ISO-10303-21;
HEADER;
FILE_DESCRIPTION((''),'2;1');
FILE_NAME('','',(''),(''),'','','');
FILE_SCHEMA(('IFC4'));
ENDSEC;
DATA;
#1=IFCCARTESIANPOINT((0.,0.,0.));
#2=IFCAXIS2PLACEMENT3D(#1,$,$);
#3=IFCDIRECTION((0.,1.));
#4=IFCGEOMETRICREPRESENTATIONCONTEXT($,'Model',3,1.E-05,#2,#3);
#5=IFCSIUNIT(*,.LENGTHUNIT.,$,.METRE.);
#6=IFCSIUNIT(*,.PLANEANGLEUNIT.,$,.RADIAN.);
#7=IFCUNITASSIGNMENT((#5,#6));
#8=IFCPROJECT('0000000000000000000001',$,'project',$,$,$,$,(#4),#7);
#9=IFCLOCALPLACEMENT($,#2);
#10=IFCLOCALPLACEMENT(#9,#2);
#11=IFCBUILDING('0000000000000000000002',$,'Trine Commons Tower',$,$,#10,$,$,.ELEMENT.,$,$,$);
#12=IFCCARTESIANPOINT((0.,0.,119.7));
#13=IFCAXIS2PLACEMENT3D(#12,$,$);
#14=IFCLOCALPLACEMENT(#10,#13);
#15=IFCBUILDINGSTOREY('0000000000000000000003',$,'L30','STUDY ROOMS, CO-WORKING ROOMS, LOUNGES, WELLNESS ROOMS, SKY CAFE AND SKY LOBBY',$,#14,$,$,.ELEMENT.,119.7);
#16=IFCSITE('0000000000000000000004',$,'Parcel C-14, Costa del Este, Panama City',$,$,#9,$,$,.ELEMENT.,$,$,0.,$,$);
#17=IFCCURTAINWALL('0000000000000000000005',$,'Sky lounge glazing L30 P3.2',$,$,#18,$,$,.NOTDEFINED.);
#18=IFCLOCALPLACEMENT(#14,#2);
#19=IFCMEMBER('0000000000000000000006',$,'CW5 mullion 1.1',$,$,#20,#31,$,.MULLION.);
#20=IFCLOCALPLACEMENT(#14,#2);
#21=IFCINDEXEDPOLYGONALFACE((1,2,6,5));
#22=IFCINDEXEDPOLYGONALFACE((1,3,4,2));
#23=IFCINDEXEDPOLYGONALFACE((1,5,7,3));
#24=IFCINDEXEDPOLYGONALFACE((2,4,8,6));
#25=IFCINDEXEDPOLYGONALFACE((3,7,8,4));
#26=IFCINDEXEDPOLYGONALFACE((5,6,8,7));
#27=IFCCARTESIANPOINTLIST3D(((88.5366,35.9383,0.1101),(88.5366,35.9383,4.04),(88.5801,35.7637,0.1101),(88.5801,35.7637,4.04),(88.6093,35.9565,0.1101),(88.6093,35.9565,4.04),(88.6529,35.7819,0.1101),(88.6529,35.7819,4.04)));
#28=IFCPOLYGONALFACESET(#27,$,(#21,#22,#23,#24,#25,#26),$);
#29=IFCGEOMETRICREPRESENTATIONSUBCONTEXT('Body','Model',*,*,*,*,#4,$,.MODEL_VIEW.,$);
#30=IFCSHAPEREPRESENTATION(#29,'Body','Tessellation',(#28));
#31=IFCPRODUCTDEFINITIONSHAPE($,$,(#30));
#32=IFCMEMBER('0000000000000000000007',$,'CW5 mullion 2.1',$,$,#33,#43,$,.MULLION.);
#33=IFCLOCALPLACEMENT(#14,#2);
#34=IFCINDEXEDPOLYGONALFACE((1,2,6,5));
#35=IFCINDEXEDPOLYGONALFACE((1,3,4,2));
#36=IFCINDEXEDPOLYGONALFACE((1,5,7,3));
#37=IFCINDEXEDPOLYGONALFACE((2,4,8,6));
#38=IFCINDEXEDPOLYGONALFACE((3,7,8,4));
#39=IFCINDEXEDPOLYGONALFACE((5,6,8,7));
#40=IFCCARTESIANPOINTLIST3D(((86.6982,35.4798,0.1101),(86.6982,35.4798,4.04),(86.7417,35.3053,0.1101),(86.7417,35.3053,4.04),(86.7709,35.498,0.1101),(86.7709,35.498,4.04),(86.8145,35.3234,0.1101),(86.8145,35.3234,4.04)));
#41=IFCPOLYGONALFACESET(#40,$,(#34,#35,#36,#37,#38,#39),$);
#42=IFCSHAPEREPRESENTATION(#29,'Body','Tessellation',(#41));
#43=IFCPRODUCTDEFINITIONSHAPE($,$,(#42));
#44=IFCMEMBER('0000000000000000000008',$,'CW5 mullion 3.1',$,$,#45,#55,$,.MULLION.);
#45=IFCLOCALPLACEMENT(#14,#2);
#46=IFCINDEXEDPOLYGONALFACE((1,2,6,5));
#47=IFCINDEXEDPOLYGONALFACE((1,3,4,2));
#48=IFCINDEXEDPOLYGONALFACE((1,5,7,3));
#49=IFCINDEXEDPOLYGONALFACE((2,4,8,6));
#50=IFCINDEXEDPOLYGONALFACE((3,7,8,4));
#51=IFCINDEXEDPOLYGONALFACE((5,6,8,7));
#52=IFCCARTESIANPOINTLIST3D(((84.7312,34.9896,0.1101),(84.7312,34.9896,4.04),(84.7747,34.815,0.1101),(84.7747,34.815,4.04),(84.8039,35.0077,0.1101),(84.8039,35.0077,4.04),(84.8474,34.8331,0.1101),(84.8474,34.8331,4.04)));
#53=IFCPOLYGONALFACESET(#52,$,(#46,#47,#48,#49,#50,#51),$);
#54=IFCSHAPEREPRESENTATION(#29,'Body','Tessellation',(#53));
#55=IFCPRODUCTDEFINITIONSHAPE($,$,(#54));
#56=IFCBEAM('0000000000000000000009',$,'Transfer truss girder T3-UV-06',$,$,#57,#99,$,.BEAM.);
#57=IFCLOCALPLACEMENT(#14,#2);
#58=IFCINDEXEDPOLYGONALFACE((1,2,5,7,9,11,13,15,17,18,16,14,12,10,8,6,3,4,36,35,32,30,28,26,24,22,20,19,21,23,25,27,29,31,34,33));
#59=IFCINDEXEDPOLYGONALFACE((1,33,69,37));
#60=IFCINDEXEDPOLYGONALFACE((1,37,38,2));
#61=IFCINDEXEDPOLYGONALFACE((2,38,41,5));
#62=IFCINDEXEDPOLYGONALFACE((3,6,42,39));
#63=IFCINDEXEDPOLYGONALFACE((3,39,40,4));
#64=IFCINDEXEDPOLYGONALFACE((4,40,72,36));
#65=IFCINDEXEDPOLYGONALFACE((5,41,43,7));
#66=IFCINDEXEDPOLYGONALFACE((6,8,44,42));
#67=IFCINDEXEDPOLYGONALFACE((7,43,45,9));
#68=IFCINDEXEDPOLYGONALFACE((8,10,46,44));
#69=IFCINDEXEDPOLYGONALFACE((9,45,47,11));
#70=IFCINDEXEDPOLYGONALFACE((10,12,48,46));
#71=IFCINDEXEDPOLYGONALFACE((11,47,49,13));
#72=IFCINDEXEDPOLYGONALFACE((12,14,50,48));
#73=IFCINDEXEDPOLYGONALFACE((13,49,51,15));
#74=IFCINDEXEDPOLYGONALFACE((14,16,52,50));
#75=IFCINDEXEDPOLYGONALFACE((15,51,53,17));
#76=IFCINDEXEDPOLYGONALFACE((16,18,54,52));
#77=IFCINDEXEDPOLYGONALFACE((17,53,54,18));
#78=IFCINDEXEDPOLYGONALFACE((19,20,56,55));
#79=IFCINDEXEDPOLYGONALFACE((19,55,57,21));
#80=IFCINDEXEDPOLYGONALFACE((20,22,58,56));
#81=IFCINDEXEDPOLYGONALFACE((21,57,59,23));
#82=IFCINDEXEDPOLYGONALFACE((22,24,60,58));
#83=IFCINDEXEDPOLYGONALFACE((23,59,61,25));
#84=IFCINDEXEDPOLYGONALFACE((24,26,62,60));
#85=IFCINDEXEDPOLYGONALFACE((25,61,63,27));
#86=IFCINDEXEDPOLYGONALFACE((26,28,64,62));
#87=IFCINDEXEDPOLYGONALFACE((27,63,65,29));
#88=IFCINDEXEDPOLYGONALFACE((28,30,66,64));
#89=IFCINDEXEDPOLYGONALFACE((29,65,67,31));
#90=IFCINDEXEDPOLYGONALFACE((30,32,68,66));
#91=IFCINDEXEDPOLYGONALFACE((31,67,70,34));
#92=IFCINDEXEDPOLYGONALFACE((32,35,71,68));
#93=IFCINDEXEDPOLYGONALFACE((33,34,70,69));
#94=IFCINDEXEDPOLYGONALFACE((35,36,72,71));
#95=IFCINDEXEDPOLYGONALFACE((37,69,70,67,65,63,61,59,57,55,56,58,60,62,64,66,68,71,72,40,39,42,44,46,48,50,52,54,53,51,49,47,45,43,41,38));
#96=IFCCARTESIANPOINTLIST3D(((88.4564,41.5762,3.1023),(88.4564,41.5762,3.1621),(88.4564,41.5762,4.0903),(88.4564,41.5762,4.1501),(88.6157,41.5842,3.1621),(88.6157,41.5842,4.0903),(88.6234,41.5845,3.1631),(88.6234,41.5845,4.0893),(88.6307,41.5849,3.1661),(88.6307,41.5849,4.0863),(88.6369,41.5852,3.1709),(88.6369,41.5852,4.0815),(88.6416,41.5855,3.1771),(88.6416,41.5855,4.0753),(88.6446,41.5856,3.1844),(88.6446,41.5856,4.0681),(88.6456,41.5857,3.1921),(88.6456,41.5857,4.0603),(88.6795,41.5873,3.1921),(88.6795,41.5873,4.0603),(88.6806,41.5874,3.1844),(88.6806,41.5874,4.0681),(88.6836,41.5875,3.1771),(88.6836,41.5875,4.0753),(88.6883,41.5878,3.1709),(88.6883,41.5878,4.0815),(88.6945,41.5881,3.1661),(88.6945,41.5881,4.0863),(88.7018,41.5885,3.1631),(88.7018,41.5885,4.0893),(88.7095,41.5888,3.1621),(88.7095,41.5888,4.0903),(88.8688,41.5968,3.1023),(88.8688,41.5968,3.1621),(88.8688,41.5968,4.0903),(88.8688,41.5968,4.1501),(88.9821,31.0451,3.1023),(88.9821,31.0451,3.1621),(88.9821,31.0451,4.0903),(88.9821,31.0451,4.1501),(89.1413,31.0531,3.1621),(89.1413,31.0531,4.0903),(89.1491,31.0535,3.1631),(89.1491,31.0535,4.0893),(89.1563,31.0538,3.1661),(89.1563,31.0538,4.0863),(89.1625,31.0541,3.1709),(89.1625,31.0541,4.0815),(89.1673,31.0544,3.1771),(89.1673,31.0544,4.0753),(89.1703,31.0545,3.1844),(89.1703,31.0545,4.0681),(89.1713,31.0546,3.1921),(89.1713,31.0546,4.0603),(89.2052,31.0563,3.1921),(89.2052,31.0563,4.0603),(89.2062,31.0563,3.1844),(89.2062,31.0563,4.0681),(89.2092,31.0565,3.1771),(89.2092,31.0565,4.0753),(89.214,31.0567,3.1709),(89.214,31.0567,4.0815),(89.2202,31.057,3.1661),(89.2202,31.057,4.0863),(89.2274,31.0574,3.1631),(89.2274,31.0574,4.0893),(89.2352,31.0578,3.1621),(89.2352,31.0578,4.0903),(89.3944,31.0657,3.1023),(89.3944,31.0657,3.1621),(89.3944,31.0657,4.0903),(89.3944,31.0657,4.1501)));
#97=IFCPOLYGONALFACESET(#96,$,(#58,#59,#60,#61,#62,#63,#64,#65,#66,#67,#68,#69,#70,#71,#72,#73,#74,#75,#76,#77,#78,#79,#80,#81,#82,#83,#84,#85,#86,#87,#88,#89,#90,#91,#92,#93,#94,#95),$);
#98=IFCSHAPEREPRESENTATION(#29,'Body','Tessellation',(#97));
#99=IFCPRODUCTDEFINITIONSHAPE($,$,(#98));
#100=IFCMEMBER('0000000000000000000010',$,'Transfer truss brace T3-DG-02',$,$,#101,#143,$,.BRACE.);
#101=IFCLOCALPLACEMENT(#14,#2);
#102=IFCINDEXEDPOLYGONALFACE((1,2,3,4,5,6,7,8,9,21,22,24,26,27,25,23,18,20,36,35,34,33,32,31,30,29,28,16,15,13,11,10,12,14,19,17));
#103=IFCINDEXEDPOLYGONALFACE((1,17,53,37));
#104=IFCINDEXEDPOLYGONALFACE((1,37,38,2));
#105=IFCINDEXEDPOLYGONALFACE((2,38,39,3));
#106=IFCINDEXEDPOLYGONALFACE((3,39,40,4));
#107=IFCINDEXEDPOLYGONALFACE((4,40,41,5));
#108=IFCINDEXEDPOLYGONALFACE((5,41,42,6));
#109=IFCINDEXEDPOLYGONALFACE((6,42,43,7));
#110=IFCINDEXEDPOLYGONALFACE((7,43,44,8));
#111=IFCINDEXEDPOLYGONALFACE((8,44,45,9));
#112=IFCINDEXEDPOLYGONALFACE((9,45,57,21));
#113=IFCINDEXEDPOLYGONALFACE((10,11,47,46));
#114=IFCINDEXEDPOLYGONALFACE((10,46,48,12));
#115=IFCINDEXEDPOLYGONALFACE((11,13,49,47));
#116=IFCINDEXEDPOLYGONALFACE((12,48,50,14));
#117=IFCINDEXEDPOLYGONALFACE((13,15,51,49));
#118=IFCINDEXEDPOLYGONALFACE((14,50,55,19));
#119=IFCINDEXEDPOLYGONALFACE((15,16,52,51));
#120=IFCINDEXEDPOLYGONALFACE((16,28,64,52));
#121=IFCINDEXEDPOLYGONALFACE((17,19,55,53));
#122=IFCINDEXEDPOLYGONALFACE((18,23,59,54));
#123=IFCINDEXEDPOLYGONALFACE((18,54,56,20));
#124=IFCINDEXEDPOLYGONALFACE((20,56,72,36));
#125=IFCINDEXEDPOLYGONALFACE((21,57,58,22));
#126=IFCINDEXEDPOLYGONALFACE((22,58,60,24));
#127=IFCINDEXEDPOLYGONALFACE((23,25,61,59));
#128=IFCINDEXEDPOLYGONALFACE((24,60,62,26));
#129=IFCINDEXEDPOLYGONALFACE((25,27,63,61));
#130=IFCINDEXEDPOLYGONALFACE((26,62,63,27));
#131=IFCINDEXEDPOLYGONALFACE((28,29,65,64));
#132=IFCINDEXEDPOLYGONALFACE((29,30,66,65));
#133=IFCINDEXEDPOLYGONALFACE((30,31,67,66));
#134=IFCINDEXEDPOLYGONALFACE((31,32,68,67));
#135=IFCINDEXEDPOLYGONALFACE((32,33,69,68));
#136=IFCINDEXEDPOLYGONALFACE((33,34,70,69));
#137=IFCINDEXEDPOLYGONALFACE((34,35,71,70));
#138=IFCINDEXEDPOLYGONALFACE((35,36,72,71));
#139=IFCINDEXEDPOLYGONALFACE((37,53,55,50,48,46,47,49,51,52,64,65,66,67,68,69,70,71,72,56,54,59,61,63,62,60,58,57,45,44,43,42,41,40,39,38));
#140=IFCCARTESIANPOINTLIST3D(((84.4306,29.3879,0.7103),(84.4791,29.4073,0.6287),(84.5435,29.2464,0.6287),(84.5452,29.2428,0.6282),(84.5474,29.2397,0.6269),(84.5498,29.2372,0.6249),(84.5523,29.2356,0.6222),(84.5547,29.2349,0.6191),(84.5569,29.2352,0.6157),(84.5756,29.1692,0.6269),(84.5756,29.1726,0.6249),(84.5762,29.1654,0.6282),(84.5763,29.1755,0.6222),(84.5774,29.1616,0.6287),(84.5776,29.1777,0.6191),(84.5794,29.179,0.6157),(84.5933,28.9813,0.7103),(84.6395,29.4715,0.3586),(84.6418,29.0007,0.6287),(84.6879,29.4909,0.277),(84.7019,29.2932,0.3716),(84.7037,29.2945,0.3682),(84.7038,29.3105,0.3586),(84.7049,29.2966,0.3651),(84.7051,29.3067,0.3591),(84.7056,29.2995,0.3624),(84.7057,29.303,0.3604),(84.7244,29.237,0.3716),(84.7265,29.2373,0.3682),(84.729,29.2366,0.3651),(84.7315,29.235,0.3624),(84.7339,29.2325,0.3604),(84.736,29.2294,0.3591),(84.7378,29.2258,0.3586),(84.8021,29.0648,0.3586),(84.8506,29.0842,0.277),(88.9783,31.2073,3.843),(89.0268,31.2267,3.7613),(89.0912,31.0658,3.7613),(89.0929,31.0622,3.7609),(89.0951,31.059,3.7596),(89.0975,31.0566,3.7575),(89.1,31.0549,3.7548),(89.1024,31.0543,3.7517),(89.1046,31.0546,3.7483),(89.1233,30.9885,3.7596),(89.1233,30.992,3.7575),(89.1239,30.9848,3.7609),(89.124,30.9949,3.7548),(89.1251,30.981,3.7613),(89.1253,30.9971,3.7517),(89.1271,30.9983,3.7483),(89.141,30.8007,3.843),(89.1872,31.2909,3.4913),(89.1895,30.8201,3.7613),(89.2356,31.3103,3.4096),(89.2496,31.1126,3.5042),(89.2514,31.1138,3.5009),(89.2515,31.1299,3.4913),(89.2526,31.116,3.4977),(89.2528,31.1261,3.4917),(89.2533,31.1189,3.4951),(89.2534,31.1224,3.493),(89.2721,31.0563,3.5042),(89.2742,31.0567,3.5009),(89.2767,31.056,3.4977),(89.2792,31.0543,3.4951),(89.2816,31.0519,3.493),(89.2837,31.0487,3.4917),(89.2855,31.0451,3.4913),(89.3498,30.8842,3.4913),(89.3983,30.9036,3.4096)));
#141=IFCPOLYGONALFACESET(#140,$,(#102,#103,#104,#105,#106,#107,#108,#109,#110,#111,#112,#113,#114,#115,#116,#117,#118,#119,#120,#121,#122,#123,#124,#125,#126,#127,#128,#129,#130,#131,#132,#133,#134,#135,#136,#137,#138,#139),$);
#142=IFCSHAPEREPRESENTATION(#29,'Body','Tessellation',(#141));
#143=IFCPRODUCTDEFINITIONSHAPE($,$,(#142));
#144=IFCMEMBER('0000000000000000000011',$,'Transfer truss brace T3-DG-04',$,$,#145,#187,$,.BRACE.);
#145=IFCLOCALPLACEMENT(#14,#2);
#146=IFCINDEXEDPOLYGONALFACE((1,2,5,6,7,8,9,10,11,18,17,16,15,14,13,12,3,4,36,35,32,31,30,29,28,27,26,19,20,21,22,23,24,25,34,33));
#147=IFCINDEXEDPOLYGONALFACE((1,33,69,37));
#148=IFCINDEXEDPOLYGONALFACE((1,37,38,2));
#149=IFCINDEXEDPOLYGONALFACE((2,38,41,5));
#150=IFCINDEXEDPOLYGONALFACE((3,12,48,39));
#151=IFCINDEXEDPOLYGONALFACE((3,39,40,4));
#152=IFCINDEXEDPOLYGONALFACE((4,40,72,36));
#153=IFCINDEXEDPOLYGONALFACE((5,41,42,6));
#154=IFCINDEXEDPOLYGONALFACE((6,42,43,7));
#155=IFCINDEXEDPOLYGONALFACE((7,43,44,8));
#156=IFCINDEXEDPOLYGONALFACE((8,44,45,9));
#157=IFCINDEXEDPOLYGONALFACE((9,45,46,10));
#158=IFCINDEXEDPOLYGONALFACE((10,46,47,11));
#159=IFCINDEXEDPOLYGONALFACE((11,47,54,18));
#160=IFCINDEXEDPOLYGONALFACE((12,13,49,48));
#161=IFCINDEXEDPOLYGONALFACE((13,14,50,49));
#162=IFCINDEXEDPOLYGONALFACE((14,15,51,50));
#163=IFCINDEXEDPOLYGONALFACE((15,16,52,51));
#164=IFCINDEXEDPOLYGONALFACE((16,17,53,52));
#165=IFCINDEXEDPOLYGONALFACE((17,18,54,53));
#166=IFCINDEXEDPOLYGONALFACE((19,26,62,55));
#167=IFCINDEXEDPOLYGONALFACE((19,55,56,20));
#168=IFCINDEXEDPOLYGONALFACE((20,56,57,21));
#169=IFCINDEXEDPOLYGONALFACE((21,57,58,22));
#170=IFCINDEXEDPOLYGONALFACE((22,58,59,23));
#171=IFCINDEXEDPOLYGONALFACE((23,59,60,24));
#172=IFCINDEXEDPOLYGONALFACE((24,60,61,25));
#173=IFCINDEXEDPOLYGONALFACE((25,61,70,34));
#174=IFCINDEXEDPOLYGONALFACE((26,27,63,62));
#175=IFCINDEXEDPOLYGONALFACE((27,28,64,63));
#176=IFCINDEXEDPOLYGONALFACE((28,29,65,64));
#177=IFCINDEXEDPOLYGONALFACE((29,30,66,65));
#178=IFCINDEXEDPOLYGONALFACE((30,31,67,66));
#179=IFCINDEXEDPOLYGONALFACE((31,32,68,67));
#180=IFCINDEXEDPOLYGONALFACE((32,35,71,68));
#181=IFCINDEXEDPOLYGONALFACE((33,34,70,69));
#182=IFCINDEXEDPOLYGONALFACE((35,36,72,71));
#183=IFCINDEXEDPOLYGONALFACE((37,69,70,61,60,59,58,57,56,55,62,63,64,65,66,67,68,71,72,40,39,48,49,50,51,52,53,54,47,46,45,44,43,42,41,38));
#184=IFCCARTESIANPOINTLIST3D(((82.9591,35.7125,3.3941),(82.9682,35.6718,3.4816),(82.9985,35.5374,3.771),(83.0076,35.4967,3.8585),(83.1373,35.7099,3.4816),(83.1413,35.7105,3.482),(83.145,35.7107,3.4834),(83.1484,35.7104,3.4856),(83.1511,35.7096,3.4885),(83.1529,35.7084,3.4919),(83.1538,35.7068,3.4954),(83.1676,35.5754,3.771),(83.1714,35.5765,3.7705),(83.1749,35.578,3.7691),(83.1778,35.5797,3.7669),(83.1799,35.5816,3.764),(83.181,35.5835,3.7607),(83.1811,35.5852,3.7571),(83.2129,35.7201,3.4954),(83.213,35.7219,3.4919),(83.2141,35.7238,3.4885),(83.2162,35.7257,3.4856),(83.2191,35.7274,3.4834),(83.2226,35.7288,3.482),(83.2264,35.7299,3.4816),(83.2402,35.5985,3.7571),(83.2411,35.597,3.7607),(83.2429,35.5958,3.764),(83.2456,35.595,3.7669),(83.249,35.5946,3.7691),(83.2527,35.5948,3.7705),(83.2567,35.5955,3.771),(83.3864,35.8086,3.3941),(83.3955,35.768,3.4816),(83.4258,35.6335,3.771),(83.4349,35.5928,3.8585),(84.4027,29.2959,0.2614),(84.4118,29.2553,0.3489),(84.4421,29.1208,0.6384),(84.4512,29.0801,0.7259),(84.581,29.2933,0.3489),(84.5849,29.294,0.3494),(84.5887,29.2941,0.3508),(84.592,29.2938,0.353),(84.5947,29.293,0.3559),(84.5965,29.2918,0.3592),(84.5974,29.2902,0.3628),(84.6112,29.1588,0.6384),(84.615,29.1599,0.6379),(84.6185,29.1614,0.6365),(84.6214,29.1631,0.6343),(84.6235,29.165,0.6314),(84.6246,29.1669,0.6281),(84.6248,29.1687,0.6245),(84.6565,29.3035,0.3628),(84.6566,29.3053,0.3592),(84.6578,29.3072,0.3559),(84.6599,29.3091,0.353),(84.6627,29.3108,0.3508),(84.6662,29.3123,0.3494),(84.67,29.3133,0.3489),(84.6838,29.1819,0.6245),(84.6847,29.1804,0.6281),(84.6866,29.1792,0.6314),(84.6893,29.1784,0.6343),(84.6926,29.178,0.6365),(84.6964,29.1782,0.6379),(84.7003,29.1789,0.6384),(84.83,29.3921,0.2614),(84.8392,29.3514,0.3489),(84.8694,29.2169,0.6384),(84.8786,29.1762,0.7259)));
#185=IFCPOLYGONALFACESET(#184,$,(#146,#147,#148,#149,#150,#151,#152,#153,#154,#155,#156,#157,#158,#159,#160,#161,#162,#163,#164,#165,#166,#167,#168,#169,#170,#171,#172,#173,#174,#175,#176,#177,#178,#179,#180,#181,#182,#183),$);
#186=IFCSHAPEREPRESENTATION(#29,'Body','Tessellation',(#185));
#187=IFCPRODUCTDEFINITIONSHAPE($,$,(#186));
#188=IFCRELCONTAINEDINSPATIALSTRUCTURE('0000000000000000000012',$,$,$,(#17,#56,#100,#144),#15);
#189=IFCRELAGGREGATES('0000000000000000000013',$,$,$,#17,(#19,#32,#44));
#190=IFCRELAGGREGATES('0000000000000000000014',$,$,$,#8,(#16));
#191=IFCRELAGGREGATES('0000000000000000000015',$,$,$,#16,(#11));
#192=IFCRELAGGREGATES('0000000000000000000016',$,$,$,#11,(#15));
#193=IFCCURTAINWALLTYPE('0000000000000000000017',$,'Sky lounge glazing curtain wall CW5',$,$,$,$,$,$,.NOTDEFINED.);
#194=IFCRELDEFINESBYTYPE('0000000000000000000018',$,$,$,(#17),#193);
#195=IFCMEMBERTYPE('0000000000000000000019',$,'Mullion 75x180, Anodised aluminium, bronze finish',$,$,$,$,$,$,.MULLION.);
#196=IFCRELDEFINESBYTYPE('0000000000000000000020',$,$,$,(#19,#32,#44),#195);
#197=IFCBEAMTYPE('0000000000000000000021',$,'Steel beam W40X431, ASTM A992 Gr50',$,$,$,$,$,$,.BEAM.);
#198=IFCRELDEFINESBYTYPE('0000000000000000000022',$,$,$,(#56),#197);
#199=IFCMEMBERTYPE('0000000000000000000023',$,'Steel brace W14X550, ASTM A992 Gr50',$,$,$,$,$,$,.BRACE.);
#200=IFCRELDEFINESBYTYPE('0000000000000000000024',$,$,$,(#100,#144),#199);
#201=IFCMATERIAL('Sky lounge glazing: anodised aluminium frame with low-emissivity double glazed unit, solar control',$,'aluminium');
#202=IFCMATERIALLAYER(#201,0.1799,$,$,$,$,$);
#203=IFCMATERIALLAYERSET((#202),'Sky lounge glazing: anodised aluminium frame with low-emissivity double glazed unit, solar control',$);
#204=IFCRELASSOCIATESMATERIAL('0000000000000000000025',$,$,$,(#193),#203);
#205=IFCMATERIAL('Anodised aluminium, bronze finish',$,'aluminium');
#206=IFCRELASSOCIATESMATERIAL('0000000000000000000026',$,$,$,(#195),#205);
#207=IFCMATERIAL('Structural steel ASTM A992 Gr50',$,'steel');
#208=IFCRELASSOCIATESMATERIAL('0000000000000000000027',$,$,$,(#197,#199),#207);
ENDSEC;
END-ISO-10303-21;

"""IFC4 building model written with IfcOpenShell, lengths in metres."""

from ifc_helpers import new_model, si_unit, direction, frame, origin, origin_2d, place, context, subcontext, project, spatial, rectangle, i_section, extrude, material, layer, layer_set, material_profile, profile_set, type_object, element, aggregate, save


model = new_model("IFC4")

# Units and contexts
model_context = context("Model", 3, precision=1e-05, world=origin(), true_north=direction((0.0, 1.0)))
body_context = subcontext(model_context, "Body", "Model", "MODEL_VIEW")
ifc_project = project(units=[si_unit("LENGTHUNIT", "METRE"), si_unit("PLANEANGLEUNIT", "RADIAN")], contexts=[model_context])

# Site, building, storey
site_placement = place(None, origin())
site = spatial("IfcSite", under=ifc_project, at=site_placement, Name="Parcel C-14, Costa del Este, Panama City", CompositionType="ELEMENT", RefElevation=0.0)
building_placement = place(site_placement, origin())
building = spatial("IfcBuilding", under=site, at=building_placement, Name="Trine Commons Tower", CompositionType="ELEMENT")
storey_placement = place(building_placement, frame((0.0, 0.0, 119.7)))
storey = spatial("IfcBuildingStorey", under=building, at=storey_placement, Name="L30", Description="STUDY ROOMS, CO-WORKING ROOMS, LOUNGES, WELLNESS ROOMS, SKY CAFE AND SKY LOBBY", CompositionType="ELEMENT", Elevation=119.7)

# Curtain wall, members
ifc_material_1 = material(Name="Sky lounge glazing: anodised aluminium frame with low-emissivity double glazed unit, solar control", Category="aluminium")
ifc_layer_1 = layer(ifc_material_1, 0.1799)
ifc_layer_set_1 = layer_set([ifc_layer_1], Name="Sky lounge glazing: anodised aluminium frame with low-emissivity double glazed unit, solar control")
curtain_wall_type = type_object("IfcCurtainWallType", Name="Sky lounge glazing curtain wall CW5", PredefinedType="NOTDEFINED", material=ifc_layer_set_1)
curtain_wall_placement = place(storey_placement, origin())
curtain_wall = element("IfcCurtainWall", 1, at=curtain_wall_placement, inside=storey, type_object=curtain_wall_type, Name="Sky lounge glazing L30 P3.2", PredefinedType="NOTDEFINED")
ifc_material_2 = material(Name="Anodised aluminium, bronze finish", Category="aluminium")
ifc_material_profile_1 = material_profile(ifc_material_2, rectangle(XDim=0.1799, YDim=0.075, at=origin_2d()), Name="Mullion 75x180")
ifc_profile_set_1 = profile_set([ifc_material_profile_1], Name="Anodised aluminium, bronze finish")
member_type_1 = type_object("IfcMemberType", Name="Mullion 75x180, Anodised aluminium, bronze finish", PredefinedType="MULLION", material=ifc_profile_set_1)
member_1_placement = place(storey_placement, frame((88.5947, 35.8601, 0.1101), z_axis=(0.0, 0.0, 1.0), x_axis=(0.241922, -0.970296, 0.0)))
member_1 = element("IfcMember", 2, at=member_1_placement, type_object=member_type_1, Name="CW5 mullion 1.1", PredefinedType="MULLION", context=body_context, shape_type="SweptSolid", body=[
    extrude(rectangle(XDim=0.1799, YDim=0.075, at=origin_2d()), origin(), (0.0, 0.0, 1.0), 3.9299),
])
member_2_placement = place(storey_placement, frame((86.7563, 35.4016, 0.1101), z_axis=(0.0, 0.0, 1.0), x_axis=(0.241922, -0.970296, 0.0)))
member_2 = element("IfcMember", 3, at=member_2_placement, type_object=member_type_1, Name="CW5 mullion 2.1", PredefinedType="MULLION", context=body_context, shape_type="SweptSolid", body=[
    extrude(rectangle(XDim=0.1799, YDim=0.075, at=origin_2d()), origin(), (0.0, 0.0, 1.0), 3.9299),
])
member_3_placement = place(storey_placement, frame((84.7893, 34.9114, 0.1101), z_axis=(0.0, 0.0, 1.0), x_axis=(0.241922, -0.970296, 0.0)))
member_3 = element("IfcMember", 4, at=member_3_placement, type_object=member_type_1, Name="CW5 mullion 3.1", PredefinedType="MULLION", context=body_context, shape_type="SweptSolid", body=[
    extrude(rectangle(XDim=0.1799, YDim=0.075, at=origin_2d()), origin(), (0.0, 0.0, 1.0), 3.9299),
])

# Beam
ifc_material_3 = material(Name="Structural steel ASTM A992 Gr50", Category="steel")
ifc_material_profile_2 = material_profile(ifc_material_3, i_section(OverallWidth=0.4128, OverallDepth=1.0479, WebThickness=0.0339, FlangeThickness=0.0598, FilletRadius=0.03, at=origin_2d()), Name="W40X431")
ifc_profile_set_2 = profile_set([ifc_material_profile_2], Name="Structural steel ASTM A992 Gr50")
beam_type = type_object("IfcBeamType", Name="Steel beam W40X431, ASTM A992 Gr50", PredefinedType="BEAM", material=ifc_profile_set_2)
beam_placement = place(storey_placement, frame((89.1882, 31.0554, 3.6262), z_axis=(-0.049851, 0.998757, 0.0), x_axis=(-0.998757, -0.049851, 0.0)))
element("IfcBeam", 5, at=beam_placement, inside=storey, type_object=beam_type, Name="Transfer truss girder T3-UV-06", PredefinedType="BEAM", context=body_context, shape_type="SweptSolid", body=[
    extrude(i_section(OverallWidth=0.4128, OverallDepth=1.0479, WebThickness=0.0339, FlangeThickness=0.0598, FilletRadius=0.03, at=origin_2d()), origin(), (0.0, 0.0, 1.0), 10.5442),
])

# Members
ifc_material_profile_3 = material_profile(ifc_material_3, i_section(OverallWidth=0.438, OverallDepth=0.5144, WebThickness=0.0605, FlangeThickness=0.0969, FilletRadius=0.0154, at=origin_2d()), Name="W14X550")
ifc_profile_set_3 = profile_set([ifc_material_profile_3], Name="Structural steel ASTM A992 Gr50")
member_type_2 = type_object("IfcMemberType", Name="Steel brace W14X550, ASTM A992 Gr50", PredefinedType="BRACE", material=ifc_profile_set_3)
member_4_placement = place(storey_placement, frame((84.6406, 29.2361, 0.4937), z_axis=(0.782169, 0.312918, 0.538789), x_axis=(-0.371442, 0.928456, 0.0)))
element("IfcMember", 6, at=member_4_placement, inside=storey, type_object=member_type_2, Name="Transfer truss brace T3-DG-02", PredefinedType="BRACE", context=body_context, shape_type="SweptSolid", body=[
    extrude(i_section(OverallWidth=0.438, OverallDepth=0.5144, WebThickness=0.0605, FlangeThickness=0.0969, FilletRadius=0.0154, at=origin_2d()), origin(), (0.0, 0.0, 1.0), 5.8142),
])
member_5_placement = place(storey_placement, frame((84.6406, 29.2361, 0.4937), z_axis=(-0.198166, 0.880806, 0.430014), x_axis=(-0.975613, -0.219496, 0.0)))
element("IfcMember", 7, at=member_5_placement, inside=storey, type_object=member_type_2, Name="Transfer truss brace T3-DG-04", PredefinedType="BRACE", context=body_context, shape_type="SweptSolid", body=[
    extrude(i_section(OverallWidth=0.438, OverallDepth=0.5144, WebThickness=0.0605, FlangeThickness=0.0969, FilletRadius=0.0154, at=origin_2d()), origin(), (0.0, 0.0, 1.0), 7.2849),
])

aggregate(curtain_wall, [member_1, member_2, member_3])

save(model, "model.ifc")
